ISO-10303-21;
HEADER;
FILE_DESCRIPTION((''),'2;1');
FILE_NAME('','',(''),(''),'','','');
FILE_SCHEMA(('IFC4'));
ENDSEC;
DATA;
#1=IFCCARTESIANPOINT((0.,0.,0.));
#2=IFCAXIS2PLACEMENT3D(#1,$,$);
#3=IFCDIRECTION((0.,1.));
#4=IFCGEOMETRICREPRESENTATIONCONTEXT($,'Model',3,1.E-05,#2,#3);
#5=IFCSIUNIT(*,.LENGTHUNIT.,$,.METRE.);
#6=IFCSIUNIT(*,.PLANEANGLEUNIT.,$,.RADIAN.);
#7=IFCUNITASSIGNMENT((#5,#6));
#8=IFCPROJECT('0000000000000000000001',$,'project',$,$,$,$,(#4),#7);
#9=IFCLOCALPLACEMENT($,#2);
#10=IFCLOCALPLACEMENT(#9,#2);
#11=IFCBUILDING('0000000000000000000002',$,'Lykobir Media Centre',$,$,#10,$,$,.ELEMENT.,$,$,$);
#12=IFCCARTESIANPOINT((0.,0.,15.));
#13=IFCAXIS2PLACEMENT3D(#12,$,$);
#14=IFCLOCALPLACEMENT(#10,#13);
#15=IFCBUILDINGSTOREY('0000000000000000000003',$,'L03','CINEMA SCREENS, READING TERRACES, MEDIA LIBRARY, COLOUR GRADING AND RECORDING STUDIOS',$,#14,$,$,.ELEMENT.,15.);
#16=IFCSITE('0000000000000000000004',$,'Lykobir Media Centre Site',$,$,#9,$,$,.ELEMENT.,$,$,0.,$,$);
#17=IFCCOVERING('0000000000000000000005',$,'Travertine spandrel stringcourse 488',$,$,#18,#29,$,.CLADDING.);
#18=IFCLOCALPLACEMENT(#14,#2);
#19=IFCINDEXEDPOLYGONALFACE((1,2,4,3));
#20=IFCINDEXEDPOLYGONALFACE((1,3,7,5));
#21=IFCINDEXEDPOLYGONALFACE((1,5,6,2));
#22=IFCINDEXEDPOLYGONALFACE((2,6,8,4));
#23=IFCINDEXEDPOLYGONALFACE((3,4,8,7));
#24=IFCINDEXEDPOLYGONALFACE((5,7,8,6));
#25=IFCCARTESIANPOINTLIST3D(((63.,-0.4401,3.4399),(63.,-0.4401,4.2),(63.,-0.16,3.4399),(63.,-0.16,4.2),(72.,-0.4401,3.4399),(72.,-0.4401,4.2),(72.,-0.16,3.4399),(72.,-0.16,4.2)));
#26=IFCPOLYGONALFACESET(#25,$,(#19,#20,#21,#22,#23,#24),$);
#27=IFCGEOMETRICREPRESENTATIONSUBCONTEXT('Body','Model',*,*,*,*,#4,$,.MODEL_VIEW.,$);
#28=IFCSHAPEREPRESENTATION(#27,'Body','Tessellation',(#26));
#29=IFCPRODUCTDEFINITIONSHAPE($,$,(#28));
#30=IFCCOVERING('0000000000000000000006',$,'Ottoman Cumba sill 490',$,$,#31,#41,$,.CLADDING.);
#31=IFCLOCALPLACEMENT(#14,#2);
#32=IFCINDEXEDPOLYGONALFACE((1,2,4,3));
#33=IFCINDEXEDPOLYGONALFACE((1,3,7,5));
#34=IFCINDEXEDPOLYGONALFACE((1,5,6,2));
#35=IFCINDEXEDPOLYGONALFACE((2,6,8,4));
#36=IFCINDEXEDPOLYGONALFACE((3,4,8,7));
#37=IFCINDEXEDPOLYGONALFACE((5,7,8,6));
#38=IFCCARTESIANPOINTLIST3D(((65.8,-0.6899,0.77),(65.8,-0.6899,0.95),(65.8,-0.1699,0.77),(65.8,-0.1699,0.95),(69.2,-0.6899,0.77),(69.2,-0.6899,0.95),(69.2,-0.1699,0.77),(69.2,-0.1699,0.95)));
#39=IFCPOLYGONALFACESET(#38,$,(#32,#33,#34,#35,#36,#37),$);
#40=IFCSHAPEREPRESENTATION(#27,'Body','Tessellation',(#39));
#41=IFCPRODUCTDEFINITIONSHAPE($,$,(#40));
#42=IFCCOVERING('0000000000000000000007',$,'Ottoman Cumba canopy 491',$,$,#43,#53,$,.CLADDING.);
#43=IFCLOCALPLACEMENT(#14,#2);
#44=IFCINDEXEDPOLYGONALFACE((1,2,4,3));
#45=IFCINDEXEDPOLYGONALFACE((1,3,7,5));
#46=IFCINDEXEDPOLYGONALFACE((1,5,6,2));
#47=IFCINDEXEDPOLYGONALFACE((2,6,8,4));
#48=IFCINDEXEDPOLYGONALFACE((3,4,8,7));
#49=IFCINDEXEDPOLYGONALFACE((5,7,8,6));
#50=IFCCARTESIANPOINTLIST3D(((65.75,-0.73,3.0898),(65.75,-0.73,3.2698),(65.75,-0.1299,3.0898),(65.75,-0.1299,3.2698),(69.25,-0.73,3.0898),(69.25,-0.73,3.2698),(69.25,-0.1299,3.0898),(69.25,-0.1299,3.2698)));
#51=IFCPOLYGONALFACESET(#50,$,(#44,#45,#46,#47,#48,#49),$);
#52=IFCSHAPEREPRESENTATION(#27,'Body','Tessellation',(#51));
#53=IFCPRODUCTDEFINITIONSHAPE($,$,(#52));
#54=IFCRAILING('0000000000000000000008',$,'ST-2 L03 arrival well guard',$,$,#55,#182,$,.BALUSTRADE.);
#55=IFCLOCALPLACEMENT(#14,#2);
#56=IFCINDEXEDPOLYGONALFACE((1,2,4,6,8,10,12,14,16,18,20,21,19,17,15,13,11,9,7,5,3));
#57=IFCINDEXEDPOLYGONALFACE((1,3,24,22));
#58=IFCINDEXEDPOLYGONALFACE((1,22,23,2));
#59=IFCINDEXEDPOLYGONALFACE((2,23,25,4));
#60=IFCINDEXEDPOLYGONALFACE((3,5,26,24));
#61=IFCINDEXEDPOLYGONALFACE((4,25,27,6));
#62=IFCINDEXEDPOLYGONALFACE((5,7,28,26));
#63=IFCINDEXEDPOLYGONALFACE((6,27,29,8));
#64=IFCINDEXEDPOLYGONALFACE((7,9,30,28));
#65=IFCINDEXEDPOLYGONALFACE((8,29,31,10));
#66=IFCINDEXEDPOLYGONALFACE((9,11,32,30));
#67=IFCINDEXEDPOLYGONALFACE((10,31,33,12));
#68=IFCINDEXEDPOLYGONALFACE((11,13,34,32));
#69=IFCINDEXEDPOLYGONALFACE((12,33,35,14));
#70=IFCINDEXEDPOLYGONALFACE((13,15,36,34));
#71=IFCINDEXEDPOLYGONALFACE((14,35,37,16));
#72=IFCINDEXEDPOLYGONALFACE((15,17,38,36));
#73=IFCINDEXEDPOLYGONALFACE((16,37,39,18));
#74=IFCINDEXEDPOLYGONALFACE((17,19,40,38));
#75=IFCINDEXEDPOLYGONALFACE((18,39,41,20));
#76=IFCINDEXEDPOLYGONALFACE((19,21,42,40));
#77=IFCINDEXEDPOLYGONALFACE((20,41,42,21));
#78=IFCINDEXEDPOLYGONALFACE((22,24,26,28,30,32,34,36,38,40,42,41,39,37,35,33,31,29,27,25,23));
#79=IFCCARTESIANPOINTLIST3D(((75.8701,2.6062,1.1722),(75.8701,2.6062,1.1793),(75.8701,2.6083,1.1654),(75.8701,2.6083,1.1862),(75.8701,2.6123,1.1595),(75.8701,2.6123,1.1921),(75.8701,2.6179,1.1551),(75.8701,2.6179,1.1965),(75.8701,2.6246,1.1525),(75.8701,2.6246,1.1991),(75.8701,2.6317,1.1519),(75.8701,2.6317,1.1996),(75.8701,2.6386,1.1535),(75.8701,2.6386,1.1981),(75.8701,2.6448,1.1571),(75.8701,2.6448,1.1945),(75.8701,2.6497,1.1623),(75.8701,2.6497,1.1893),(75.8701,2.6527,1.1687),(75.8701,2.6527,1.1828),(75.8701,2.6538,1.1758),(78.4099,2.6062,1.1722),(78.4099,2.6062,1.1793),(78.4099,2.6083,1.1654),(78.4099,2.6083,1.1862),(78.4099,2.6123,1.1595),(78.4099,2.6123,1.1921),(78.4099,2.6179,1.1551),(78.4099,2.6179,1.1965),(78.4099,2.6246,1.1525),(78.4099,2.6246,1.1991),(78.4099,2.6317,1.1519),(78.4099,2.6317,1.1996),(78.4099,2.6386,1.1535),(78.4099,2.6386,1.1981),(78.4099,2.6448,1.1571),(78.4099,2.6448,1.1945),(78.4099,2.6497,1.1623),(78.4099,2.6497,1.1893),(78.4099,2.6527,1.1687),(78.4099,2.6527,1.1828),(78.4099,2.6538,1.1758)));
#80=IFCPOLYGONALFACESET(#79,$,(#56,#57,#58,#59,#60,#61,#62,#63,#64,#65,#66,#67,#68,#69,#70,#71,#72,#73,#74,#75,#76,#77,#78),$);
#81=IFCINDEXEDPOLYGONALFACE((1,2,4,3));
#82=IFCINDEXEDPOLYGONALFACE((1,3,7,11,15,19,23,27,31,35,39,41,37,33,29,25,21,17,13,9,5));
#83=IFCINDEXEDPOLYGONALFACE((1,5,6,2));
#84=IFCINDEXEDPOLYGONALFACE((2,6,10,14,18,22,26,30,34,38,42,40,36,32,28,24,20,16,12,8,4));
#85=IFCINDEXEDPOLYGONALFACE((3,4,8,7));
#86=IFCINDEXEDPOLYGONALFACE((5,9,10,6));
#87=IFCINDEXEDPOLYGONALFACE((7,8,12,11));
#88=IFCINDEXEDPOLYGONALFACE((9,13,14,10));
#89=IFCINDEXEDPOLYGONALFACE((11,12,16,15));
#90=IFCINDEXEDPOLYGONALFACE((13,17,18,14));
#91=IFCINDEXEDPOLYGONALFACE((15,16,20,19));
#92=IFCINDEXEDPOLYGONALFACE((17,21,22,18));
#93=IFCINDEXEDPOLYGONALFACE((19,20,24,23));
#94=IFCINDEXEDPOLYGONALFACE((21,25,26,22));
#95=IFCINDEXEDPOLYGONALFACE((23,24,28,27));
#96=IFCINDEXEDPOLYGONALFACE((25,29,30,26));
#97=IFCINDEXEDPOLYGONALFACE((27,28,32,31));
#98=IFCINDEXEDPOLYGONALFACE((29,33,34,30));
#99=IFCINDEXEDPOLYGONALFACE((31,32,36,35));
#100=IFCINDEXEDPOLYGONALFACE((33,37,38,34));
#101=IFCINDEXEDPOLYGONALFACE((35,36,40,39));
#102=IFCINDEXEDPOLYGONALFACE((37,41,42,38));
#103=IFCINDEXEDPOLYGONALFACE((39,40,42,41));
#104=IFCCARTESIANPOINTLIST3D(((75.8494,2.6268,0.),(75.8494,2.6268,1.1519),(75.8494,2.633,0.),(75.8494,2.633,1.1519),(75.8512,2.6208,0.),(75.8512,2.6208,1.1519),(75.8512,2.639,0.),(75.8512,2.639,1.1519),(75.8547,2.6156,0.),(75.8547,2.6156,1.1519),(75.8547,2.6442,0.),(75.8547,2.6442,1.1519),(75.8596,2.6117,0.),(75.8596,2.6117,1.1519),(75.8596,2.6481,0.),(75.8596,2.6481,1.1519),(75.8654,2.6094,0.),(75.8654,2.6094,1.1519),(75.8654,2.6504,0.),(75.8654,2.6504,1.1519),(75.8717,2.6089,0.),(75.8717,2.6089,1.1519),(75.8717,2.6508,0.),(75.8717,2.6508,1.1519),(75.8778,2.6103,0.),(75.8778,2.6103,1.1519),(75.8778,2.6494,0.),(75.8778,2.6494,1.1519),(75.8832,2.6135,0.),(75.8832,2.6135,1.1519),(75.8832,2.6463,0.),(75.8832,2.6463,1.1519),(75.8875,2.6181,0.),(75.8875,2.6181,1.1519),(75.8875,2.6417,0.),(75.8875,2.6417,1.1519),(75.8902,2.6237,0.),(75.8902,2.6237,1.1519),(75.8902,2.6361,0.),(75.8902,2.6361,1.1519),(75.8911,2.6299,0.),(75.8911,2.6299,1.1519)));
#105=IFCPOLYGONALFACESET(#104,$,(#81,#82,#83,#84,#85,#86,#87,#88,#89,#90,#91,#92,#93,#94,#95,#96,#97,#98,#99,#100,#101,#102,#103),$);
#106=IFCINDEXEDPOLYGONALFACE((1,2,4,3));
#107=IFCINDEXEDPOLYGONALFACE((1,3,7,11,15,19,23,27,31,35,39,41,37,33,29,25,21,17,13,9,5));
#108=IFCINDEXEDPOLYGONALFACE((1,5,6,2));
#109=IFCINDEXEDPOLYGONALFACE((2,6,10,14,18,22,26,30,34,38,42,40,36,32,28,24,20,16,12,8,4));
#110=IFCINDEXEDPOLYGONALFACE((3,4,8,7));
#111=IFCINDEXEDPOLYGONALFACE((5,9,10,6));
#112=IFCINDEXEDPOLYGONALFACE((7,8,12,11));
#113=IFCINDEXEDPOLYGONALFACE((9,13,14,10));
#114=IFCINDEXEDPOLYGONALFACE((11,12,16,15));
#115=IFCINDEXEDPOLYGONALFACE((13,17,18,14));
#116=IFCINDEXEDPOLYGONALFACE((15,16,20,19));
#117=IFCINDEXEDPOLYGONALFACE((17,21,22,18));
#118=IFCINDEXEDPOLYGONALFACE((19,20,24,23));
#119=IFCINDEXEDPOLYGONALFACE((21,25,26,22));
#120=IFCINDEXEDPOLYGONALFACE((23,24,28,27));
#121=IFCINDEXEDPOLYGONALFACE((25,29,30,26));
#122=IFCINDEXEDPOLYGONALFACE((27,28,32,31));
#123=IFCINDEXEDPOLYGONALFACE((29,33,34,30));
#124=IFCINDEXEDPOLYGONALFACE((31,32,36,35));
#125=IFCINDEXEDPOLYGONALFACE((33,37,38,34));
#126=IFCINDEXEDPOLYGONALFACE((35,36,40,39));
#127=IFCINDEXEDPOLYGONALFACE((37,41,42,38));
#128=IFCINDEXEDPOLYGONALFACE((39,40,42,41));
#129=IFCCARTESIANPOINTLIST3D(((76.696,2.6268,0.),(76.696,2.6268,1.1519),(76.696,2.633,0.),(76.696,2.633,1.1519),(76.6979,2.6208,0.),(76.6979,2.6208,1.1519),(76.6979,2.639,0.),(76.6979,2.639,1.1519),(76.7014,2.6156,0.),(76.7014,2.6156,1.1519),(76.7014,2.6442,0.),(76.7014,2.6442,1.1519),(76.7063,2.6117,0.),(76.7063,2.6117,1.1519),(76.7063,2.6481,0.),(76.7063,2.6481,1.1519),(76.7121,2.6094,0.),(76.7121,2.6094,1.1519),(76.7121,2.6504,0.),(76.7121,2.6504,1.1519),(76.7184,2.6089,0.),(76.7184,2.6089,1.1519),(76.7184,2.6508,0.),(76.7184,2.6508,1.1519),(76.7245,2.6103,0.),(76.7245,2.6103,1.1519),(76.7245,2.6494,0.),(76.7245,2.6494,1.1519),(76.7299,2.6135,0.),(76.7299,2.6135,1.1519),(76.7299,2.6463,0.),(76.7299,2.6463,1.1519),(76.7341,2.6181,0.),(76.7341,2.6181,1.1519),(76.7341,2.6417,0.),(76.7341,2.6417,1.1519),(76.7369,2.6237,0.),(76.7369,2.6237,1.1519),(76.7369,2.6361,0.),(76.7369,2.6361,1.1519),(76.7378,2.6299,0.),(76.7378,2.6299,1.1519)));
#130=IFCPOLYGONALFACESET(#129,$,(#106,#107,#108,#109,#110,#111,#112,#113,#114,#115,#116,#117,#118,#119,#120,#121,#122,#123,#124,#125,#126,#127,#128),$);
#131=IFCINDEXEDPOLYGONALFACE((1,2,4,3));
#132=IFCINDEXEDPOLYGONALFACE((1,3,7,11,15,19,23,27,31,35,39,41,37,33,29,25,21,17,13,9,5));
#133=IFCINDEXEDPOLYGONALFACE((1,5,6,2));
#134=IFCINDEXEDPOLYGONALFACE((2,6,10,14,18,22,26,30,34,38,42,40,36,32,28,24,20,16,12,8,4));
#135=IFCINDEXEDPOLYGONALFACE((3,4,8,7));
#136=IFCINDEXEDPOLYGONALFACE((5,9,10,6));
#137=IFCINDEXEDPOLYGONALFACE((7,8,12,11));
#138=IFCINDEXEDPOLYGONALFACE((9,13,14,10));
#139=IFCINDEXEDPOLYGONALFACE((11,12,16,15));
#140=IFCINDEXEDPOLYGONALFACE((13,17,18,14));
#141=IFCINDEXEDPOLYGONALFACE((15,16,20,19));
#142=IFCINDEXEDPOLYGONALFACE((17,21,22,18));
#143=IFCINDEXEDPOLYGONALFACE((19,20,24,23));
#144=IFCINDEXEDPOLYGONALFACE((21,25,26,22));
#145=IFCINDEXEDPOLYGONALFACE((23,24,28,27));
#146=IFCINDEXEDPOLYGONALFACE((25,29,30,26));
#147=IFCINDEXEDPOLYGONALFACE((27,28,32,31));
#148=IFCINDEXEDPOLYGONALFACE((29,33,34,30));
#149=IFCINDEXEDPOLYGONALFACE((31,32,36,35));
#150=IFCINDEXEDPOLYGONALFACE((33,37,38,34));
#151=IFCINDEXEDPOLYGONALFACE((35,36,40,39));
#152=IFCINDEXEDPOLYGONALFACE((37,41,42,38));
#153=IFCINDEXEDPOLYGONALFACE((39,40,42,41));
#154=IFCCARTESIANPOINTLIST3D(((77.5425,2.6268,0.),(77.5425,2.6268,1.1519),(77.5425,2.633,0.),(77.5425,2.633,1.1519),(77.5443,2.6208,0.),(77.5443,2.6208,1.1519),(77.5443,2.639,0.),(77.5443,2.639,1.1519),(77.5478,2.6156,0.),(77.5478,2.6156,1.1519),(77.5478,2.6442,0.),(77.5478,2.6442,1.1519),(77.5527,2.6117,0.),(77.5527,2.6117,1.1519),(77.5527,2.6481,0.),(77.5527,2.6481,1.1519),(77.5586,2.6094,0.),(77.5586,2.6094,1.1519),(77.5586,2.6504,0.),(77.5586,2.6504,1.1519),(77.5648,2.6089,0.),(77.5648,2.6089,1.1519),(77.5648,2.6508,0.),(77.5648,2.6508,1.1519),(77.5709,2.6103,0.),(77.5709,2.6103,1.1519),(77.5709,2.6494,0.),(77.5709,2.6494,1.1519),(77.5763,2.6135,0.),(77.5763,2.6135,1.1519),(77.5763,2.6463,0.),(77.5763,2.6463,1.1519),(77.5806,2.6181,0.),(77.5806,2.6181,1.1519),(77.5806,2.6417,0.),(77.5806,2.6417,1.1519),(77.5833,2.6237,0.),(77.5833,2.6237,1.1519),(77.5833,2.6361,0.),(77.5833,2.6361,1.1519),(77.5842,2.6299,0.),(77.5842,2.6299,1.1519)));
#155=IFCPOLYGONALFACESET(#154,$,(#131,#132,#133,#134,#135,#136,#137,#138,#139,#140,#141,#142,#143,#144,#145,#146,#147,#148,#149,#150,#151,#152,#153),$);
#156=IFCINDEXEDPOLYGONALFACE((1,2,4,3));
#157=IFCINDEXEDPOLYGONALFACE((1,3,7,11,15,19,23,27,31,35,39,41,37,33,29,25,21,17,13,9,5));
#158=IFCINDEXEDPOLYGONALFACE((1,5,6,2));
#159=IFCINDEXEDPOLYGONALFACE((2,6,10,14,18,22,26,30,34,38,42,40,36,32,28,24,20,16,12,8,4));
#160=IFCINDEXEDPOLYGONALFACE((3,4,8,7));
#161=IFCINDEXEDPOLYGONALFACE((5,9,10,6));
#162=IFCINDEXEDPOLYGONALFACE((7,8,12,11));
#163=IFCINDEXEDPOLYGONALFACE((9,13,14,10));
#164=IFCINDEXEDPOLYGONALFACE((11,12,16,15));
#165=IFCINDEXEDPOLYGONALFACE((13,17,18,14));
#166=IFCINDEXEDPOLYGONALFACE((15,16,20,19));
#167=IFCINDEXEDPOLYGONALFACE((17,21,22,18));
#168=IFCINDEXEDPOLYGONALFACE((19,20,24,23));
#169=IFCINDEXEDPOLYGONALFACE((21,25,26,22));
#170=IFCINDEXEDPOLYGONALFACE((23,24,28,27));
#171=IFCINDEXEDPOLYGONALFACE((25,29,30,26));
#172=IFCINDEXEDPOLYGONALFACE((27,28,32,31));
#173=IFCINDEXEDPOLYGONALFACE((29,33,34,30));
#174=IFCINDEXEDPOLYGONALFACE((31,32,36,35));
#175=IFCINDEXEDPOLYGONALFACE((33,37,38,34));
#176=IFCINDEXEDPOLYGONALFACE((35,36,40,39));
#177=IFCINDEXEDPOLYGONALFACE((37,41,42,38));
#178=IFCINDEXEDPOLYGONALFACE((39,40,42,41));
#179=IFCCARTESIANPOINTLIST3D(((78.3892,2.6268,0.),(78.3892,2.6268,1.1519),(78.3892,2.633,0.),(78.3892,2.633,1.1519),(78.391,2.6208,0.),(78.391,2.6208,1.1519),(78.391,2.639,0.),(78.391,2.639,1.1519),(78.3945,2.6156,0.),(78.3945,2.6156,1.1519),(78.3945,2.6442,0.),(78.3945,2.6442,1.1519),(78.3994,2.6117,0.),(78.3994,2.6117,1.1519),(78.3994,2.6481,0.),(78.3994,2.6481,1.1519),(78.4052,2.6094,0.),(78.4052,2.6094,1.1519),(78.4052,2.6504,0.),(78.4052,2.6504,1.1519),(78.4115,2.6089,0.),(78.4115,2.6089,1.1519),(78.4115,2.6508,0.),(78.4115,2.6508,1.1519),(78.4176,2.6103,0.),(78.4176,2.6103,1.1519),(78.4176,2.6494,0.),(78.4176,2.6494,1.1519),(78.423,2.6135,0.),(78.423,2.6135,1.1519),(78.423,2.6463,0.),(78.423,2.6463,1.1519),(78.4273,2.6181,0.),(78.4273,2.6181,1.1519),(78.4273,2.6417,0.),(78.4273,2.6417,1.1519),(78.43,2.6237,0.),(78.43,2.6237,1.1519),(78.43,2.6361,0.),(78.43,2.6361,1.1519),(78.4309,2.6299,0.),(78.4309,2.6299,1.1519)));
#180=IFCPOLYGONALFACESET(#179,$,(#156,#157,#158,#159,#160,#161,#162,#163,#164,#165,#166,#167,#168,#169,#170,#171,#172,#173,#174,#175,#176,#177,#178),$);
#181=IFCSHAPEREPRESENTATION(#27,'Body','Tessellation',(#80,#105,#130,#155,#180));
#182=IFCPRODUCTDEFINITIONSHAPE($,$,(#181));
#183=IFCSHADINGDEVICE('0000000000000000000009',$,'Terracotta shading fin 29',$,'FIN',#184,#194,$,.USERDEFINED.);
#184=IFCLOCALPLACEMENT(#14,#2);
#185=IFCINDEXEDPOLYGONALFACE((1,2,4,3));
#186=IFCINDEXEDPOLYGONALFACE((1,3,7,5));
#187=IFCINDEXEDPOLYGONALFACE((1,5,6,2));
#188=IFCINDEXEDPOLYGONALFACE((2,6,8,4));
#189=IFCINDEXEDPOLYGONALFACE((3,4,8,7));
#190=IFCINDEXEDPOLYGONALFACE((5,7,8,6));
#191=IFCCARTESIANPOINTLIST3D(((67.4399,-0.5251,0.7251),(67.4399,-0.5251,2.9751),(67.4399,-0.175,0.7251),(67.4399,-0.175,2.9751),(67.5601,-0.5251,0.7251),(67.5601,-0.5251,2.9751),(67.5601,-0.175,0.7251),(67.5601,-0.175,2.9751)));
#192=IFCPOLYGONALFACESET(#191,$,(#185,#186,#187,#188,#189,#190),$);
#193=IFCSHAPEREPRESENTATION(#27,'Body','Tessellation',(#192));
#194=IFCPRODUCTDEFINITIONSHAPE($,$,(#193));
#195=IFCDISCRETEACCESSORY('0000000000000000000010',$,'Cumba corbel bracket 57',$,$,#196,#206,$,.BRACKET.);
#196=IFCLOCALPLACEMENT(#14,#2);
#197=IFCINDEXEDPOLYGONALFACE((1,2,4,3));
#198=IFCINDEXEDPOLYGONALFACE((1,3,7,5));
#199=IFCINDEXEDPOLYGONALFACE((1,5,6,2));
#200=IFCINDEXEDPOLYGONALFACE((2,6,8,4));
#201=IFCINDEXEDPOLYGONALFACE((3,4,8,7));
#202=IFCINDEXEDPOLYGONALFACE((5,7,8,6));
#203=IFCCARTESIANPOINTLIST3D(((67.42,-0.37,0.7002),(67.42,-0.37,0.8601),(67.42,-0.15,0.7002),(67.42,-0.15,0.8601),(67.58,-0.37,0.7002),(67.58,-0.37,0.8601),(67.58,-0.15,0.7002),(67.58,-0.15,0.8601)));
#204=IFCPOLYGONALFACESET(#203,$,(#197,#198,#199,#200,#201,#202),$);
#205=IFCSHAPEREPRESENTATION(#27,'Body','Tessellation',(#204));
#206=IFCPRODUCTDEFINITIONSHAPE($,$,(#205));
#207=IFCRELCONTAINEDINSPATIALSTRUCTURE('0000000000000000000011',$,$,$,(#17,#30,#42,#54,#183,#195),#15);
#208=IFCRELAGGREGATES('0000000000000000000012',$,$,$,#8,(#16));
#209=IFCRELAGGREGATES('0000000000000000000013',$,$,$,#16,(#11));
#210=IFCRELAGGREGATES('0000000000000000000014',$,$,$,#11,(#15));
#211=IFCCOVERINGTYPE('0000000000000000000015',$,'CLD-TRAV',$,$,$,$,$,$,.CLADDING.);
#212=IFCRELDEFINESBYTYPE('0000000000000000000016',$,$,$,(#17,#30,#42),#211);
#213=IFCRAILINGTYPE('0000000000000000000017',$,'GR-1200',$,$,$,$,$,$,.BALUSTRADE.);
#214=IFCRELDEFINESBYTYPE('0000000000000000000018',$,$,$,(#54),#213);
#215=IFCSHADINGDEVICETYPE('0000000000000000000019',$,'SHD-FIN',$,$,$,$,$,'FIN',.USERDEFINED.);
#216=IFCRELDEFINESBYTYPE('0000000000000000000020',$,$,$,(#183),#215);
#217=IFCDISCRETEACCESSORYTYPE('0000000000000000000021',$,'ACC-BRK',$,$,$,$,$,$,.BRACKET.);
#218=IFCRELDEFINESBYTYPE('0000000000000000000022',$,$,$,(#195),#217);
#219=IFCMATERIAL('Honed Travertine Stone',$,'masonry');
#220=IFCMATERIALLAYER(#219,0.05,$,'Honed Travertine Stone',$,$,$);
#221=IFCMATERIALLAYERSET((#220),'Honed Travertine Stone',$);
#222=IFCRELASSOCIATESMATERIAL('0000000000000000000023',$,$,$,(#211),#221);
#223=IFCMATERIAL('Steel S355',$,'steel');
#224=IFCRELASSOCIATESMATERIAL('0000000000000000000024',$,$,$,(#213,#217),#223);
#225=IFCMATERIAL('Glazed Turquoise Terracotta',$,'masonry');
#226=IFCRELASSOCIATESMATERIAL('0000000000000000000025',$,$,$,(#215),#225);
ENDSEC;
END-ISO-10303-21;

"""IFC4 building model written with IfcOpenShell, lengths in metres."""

from ifc_helpers import new_model, si_unit, direction, frame, origin, origin_2d, place, context, subcontext, project, spatial, rectangle, circle, extrude, material, layer, layer_set, type_object, element, save


model = new_model("IFC4")

# Units and contexts
model_context = context("Model", 3, precision=1e-05, world=origin(), true_north=direction((0.0, 1.0)))
body_context = subcontext(model_context, "Body", "Model", "MODEL_VIEW")
ifc_project = project(units=[si_unit("LENGTHUNIT", "METRE"), si_unit("PLANEANGLEUNIT", "RADIAN")], contexts=[model_context])

# Site, building, storey
site_placement = place(None, origin())
site = spatial("IfcSite", under=ifc_project, at=site_placement, Name="Lykobir Media Centre Site", CompositionType="ELEMENT", RefElevation=0.0)
building_placement = place(site_placement, origin())
building = spatial("IfcBuilding", under=site, at=building_placement, Name="Lykobir Media Centre", CompositionType="ELEMENT")
storey_placement = place(building_placement, frame((0.0, 0.0, 15.0)))
storey = spatial("IfcBuildingStorey", under=building, at=storey_placement, Name="L03", Description="CINEMA SCREENS, READING TERRACES, MEDIA LIBRARY, COLOUR GRADING AND RECORDING STUDIOS", CompositionType="ELEMENT", Elevation=15.0)

# Shared definitions
ifc_material_1 = material(Name="Steel S355", Category="steel")

# Coverings
ifc_material_2 = material(Name="Glazed Turquoise Terracotta", Category="masonry")
ifc_material_3 = material(Name="Honed Travertine Stone", Category="masonry")
ifc_layer_1 = layer(ifc_material_3, 0.05, Name="Honed Travertine Stone")
ifc_layer_set_1 = layer_set([ifc_layer_1], Name="Honed Travertine Stone")
covering_type_1 = type_object("IfcCoveringType", Name="CLD-TRAV", PredefinedType="CLADDING", material=ifc_layer_set_1)
covering_1_placement = place(storey_placement, frame((67.5, -0.3, 3.4399), z_axis=(0.0, 0.0, 1.0), x_axis=(1.0, 0.0, 0.0)))
element("IfcCovering", 1, at=covering_1_placement, inside=storey, type_object=covering_type_1, Name="Travertine spandrel stringcourse 488", PredefinedType="CLADDING", context=body_context, shape_type="SweptSolid", body=[
    extrude(rectangle(XDim=9.0, YDim=0.28, at=origin_2d()), origin(), (0.0, 0.0, 1.0), 0.76),
])
covering_2_placement = place(storey_placement, frame((67.5, -0.4299, 0.77), z_axis=(0.0, 0.0, 1.0), x_axis=(1.0, 0.0, 0.0)))
element("IfcCovering", 2, at=covering_2_placement, inside=storey, type_object=covering_type_1, Name="Ottoman Cumba sill 490", PredefinedType="CLADDING", context=body_context, shape_type="SweptSolid", body=[
    extrude(rectangle(XDim=3.3999, YDim=0.52, at=origin_2d()), origin(), (0.0, 0.0, 1.0), 0.1799),
])
covering_3_placement = place(storey_placement, frame((67.5, -0.4299, 3.0898), z_axis=(0.0, 0.0, 1.0), x_axis=(1.0, 0.0, 0.0)))
element("IfcCovering", 3, at=covering_3_placement, inside=storey, type_object=covering_type_1, Name="Ottoman Cumba canopy 491", PredefinedType="CLADDING", context=body_context, shape_type="SweptSolid", body=[
    extrude(rectangle(XDim=3.5, YDim=0.6001, at=origin_2d()), origin(), (0.0, 0.0, 1.0), 0.1799),
])

# Railing
railing_type = type_object("IfcRailingType", Name="GR-1200", PredefinedType="BALUSTRADE", material=ifc_material_1)
railing_placement = place(storey_placement, frame((75.8701, 2.6299, 0.0)))
element("IfcRailing", 4, at=railing_placement, inside=storey, type_object=railing_type, Name="ST-2 L03 arrival well guard", PredefinedType="BALUSTRADE", context=body_context, shape_type="SweptSolid", body=[
    extrude(circle(Radius=0.0239, at=origin_2d()), frame((0.0, 0.0, 1.1758), z_axis=(1.0, 0.0, 0.0), x_axis=(0.0, 1.0, 0.0)), (0.0, 0.0, 1.0), 2.5398),
    extrude(circle(Radius=0.021, at=origin_2d()), origin(), (0.0, 0.0, 1.0), 1.1519),
    extrude(circle(Radius=0.021, at=origin_2d()), frame((0.8467, 0.0, 0.0)), (0.0, 0.0, 1.0), 1.1519),
    extrude(circle(Radius=0.021, at=origin_2d()), frame((1.6931, 0.0, 0.0)), (0.0, 0.0, 1.0), 1.1519),
    extrude(circle(Radius=0.021, at=origin_2d()), frame((2.5398, 0.0, 0.0)), (0.0, 0.0, 1.0), 1.1519),
])

# Shading device
shading_device_type = type_object("IfcShadingDeviceType", Name="SHD-FIN", ElementType="FIN", PredefinedType="USERDEFINED", material=ifc_material_2)
shading_device_placement = place(storey_placement, frame((67.5, -0.3501, 0.7251), z_axis=(0.0, 0.0, 1.0), x_axis=(1.0, 0.0, 0.0)))
element("IfcShadingDevice", 5, at=shading_device_placement, inside=storey, type_object=shading_device_type, Name="Terracotta shading fin 29", ObjectType="FIN", PredefinedType="USERDEFINED", context=body_context, shape_type="SweptSolid", body=[
    extrude(rectangle(XDim=0.1201, YDim=0.3501, at=origin_2d()), origin(), (0.0, 0.0, 1.0), 2.25),
])

# Discrete accessory
discrete_accessory_type = type_object("IfcDiscreteAccessoryType", Name="ACC-BRK", PredefinedType="BRACKET", material=ifc_material_1)
for number, where, z_axis, x_axis, name in (
    (6, (67.5, -0.26, 0.7002), (0.0, 0.0, 1.0), (1.0, 0.0, 0.0), "Cumba corbel bracket 57"),
):
    element("IfcDiscreteAccessory", number, at=place(storey_placement, frame(where, z_axis=z_axis, x_axis=x_axis)), inside=storey, type_object=discrete_accessory_type, Name=name, PredefinedType="BRACKET", context=body_context, shape_type="SweptSolid", body=[
        extrude(rectangle(XDim=0.1599, YDim=0.22, at=origin_2d()), origin(), (0.0, 0.0, 1.0), 0.1599),
    ])

save(model, "model.ifc")
